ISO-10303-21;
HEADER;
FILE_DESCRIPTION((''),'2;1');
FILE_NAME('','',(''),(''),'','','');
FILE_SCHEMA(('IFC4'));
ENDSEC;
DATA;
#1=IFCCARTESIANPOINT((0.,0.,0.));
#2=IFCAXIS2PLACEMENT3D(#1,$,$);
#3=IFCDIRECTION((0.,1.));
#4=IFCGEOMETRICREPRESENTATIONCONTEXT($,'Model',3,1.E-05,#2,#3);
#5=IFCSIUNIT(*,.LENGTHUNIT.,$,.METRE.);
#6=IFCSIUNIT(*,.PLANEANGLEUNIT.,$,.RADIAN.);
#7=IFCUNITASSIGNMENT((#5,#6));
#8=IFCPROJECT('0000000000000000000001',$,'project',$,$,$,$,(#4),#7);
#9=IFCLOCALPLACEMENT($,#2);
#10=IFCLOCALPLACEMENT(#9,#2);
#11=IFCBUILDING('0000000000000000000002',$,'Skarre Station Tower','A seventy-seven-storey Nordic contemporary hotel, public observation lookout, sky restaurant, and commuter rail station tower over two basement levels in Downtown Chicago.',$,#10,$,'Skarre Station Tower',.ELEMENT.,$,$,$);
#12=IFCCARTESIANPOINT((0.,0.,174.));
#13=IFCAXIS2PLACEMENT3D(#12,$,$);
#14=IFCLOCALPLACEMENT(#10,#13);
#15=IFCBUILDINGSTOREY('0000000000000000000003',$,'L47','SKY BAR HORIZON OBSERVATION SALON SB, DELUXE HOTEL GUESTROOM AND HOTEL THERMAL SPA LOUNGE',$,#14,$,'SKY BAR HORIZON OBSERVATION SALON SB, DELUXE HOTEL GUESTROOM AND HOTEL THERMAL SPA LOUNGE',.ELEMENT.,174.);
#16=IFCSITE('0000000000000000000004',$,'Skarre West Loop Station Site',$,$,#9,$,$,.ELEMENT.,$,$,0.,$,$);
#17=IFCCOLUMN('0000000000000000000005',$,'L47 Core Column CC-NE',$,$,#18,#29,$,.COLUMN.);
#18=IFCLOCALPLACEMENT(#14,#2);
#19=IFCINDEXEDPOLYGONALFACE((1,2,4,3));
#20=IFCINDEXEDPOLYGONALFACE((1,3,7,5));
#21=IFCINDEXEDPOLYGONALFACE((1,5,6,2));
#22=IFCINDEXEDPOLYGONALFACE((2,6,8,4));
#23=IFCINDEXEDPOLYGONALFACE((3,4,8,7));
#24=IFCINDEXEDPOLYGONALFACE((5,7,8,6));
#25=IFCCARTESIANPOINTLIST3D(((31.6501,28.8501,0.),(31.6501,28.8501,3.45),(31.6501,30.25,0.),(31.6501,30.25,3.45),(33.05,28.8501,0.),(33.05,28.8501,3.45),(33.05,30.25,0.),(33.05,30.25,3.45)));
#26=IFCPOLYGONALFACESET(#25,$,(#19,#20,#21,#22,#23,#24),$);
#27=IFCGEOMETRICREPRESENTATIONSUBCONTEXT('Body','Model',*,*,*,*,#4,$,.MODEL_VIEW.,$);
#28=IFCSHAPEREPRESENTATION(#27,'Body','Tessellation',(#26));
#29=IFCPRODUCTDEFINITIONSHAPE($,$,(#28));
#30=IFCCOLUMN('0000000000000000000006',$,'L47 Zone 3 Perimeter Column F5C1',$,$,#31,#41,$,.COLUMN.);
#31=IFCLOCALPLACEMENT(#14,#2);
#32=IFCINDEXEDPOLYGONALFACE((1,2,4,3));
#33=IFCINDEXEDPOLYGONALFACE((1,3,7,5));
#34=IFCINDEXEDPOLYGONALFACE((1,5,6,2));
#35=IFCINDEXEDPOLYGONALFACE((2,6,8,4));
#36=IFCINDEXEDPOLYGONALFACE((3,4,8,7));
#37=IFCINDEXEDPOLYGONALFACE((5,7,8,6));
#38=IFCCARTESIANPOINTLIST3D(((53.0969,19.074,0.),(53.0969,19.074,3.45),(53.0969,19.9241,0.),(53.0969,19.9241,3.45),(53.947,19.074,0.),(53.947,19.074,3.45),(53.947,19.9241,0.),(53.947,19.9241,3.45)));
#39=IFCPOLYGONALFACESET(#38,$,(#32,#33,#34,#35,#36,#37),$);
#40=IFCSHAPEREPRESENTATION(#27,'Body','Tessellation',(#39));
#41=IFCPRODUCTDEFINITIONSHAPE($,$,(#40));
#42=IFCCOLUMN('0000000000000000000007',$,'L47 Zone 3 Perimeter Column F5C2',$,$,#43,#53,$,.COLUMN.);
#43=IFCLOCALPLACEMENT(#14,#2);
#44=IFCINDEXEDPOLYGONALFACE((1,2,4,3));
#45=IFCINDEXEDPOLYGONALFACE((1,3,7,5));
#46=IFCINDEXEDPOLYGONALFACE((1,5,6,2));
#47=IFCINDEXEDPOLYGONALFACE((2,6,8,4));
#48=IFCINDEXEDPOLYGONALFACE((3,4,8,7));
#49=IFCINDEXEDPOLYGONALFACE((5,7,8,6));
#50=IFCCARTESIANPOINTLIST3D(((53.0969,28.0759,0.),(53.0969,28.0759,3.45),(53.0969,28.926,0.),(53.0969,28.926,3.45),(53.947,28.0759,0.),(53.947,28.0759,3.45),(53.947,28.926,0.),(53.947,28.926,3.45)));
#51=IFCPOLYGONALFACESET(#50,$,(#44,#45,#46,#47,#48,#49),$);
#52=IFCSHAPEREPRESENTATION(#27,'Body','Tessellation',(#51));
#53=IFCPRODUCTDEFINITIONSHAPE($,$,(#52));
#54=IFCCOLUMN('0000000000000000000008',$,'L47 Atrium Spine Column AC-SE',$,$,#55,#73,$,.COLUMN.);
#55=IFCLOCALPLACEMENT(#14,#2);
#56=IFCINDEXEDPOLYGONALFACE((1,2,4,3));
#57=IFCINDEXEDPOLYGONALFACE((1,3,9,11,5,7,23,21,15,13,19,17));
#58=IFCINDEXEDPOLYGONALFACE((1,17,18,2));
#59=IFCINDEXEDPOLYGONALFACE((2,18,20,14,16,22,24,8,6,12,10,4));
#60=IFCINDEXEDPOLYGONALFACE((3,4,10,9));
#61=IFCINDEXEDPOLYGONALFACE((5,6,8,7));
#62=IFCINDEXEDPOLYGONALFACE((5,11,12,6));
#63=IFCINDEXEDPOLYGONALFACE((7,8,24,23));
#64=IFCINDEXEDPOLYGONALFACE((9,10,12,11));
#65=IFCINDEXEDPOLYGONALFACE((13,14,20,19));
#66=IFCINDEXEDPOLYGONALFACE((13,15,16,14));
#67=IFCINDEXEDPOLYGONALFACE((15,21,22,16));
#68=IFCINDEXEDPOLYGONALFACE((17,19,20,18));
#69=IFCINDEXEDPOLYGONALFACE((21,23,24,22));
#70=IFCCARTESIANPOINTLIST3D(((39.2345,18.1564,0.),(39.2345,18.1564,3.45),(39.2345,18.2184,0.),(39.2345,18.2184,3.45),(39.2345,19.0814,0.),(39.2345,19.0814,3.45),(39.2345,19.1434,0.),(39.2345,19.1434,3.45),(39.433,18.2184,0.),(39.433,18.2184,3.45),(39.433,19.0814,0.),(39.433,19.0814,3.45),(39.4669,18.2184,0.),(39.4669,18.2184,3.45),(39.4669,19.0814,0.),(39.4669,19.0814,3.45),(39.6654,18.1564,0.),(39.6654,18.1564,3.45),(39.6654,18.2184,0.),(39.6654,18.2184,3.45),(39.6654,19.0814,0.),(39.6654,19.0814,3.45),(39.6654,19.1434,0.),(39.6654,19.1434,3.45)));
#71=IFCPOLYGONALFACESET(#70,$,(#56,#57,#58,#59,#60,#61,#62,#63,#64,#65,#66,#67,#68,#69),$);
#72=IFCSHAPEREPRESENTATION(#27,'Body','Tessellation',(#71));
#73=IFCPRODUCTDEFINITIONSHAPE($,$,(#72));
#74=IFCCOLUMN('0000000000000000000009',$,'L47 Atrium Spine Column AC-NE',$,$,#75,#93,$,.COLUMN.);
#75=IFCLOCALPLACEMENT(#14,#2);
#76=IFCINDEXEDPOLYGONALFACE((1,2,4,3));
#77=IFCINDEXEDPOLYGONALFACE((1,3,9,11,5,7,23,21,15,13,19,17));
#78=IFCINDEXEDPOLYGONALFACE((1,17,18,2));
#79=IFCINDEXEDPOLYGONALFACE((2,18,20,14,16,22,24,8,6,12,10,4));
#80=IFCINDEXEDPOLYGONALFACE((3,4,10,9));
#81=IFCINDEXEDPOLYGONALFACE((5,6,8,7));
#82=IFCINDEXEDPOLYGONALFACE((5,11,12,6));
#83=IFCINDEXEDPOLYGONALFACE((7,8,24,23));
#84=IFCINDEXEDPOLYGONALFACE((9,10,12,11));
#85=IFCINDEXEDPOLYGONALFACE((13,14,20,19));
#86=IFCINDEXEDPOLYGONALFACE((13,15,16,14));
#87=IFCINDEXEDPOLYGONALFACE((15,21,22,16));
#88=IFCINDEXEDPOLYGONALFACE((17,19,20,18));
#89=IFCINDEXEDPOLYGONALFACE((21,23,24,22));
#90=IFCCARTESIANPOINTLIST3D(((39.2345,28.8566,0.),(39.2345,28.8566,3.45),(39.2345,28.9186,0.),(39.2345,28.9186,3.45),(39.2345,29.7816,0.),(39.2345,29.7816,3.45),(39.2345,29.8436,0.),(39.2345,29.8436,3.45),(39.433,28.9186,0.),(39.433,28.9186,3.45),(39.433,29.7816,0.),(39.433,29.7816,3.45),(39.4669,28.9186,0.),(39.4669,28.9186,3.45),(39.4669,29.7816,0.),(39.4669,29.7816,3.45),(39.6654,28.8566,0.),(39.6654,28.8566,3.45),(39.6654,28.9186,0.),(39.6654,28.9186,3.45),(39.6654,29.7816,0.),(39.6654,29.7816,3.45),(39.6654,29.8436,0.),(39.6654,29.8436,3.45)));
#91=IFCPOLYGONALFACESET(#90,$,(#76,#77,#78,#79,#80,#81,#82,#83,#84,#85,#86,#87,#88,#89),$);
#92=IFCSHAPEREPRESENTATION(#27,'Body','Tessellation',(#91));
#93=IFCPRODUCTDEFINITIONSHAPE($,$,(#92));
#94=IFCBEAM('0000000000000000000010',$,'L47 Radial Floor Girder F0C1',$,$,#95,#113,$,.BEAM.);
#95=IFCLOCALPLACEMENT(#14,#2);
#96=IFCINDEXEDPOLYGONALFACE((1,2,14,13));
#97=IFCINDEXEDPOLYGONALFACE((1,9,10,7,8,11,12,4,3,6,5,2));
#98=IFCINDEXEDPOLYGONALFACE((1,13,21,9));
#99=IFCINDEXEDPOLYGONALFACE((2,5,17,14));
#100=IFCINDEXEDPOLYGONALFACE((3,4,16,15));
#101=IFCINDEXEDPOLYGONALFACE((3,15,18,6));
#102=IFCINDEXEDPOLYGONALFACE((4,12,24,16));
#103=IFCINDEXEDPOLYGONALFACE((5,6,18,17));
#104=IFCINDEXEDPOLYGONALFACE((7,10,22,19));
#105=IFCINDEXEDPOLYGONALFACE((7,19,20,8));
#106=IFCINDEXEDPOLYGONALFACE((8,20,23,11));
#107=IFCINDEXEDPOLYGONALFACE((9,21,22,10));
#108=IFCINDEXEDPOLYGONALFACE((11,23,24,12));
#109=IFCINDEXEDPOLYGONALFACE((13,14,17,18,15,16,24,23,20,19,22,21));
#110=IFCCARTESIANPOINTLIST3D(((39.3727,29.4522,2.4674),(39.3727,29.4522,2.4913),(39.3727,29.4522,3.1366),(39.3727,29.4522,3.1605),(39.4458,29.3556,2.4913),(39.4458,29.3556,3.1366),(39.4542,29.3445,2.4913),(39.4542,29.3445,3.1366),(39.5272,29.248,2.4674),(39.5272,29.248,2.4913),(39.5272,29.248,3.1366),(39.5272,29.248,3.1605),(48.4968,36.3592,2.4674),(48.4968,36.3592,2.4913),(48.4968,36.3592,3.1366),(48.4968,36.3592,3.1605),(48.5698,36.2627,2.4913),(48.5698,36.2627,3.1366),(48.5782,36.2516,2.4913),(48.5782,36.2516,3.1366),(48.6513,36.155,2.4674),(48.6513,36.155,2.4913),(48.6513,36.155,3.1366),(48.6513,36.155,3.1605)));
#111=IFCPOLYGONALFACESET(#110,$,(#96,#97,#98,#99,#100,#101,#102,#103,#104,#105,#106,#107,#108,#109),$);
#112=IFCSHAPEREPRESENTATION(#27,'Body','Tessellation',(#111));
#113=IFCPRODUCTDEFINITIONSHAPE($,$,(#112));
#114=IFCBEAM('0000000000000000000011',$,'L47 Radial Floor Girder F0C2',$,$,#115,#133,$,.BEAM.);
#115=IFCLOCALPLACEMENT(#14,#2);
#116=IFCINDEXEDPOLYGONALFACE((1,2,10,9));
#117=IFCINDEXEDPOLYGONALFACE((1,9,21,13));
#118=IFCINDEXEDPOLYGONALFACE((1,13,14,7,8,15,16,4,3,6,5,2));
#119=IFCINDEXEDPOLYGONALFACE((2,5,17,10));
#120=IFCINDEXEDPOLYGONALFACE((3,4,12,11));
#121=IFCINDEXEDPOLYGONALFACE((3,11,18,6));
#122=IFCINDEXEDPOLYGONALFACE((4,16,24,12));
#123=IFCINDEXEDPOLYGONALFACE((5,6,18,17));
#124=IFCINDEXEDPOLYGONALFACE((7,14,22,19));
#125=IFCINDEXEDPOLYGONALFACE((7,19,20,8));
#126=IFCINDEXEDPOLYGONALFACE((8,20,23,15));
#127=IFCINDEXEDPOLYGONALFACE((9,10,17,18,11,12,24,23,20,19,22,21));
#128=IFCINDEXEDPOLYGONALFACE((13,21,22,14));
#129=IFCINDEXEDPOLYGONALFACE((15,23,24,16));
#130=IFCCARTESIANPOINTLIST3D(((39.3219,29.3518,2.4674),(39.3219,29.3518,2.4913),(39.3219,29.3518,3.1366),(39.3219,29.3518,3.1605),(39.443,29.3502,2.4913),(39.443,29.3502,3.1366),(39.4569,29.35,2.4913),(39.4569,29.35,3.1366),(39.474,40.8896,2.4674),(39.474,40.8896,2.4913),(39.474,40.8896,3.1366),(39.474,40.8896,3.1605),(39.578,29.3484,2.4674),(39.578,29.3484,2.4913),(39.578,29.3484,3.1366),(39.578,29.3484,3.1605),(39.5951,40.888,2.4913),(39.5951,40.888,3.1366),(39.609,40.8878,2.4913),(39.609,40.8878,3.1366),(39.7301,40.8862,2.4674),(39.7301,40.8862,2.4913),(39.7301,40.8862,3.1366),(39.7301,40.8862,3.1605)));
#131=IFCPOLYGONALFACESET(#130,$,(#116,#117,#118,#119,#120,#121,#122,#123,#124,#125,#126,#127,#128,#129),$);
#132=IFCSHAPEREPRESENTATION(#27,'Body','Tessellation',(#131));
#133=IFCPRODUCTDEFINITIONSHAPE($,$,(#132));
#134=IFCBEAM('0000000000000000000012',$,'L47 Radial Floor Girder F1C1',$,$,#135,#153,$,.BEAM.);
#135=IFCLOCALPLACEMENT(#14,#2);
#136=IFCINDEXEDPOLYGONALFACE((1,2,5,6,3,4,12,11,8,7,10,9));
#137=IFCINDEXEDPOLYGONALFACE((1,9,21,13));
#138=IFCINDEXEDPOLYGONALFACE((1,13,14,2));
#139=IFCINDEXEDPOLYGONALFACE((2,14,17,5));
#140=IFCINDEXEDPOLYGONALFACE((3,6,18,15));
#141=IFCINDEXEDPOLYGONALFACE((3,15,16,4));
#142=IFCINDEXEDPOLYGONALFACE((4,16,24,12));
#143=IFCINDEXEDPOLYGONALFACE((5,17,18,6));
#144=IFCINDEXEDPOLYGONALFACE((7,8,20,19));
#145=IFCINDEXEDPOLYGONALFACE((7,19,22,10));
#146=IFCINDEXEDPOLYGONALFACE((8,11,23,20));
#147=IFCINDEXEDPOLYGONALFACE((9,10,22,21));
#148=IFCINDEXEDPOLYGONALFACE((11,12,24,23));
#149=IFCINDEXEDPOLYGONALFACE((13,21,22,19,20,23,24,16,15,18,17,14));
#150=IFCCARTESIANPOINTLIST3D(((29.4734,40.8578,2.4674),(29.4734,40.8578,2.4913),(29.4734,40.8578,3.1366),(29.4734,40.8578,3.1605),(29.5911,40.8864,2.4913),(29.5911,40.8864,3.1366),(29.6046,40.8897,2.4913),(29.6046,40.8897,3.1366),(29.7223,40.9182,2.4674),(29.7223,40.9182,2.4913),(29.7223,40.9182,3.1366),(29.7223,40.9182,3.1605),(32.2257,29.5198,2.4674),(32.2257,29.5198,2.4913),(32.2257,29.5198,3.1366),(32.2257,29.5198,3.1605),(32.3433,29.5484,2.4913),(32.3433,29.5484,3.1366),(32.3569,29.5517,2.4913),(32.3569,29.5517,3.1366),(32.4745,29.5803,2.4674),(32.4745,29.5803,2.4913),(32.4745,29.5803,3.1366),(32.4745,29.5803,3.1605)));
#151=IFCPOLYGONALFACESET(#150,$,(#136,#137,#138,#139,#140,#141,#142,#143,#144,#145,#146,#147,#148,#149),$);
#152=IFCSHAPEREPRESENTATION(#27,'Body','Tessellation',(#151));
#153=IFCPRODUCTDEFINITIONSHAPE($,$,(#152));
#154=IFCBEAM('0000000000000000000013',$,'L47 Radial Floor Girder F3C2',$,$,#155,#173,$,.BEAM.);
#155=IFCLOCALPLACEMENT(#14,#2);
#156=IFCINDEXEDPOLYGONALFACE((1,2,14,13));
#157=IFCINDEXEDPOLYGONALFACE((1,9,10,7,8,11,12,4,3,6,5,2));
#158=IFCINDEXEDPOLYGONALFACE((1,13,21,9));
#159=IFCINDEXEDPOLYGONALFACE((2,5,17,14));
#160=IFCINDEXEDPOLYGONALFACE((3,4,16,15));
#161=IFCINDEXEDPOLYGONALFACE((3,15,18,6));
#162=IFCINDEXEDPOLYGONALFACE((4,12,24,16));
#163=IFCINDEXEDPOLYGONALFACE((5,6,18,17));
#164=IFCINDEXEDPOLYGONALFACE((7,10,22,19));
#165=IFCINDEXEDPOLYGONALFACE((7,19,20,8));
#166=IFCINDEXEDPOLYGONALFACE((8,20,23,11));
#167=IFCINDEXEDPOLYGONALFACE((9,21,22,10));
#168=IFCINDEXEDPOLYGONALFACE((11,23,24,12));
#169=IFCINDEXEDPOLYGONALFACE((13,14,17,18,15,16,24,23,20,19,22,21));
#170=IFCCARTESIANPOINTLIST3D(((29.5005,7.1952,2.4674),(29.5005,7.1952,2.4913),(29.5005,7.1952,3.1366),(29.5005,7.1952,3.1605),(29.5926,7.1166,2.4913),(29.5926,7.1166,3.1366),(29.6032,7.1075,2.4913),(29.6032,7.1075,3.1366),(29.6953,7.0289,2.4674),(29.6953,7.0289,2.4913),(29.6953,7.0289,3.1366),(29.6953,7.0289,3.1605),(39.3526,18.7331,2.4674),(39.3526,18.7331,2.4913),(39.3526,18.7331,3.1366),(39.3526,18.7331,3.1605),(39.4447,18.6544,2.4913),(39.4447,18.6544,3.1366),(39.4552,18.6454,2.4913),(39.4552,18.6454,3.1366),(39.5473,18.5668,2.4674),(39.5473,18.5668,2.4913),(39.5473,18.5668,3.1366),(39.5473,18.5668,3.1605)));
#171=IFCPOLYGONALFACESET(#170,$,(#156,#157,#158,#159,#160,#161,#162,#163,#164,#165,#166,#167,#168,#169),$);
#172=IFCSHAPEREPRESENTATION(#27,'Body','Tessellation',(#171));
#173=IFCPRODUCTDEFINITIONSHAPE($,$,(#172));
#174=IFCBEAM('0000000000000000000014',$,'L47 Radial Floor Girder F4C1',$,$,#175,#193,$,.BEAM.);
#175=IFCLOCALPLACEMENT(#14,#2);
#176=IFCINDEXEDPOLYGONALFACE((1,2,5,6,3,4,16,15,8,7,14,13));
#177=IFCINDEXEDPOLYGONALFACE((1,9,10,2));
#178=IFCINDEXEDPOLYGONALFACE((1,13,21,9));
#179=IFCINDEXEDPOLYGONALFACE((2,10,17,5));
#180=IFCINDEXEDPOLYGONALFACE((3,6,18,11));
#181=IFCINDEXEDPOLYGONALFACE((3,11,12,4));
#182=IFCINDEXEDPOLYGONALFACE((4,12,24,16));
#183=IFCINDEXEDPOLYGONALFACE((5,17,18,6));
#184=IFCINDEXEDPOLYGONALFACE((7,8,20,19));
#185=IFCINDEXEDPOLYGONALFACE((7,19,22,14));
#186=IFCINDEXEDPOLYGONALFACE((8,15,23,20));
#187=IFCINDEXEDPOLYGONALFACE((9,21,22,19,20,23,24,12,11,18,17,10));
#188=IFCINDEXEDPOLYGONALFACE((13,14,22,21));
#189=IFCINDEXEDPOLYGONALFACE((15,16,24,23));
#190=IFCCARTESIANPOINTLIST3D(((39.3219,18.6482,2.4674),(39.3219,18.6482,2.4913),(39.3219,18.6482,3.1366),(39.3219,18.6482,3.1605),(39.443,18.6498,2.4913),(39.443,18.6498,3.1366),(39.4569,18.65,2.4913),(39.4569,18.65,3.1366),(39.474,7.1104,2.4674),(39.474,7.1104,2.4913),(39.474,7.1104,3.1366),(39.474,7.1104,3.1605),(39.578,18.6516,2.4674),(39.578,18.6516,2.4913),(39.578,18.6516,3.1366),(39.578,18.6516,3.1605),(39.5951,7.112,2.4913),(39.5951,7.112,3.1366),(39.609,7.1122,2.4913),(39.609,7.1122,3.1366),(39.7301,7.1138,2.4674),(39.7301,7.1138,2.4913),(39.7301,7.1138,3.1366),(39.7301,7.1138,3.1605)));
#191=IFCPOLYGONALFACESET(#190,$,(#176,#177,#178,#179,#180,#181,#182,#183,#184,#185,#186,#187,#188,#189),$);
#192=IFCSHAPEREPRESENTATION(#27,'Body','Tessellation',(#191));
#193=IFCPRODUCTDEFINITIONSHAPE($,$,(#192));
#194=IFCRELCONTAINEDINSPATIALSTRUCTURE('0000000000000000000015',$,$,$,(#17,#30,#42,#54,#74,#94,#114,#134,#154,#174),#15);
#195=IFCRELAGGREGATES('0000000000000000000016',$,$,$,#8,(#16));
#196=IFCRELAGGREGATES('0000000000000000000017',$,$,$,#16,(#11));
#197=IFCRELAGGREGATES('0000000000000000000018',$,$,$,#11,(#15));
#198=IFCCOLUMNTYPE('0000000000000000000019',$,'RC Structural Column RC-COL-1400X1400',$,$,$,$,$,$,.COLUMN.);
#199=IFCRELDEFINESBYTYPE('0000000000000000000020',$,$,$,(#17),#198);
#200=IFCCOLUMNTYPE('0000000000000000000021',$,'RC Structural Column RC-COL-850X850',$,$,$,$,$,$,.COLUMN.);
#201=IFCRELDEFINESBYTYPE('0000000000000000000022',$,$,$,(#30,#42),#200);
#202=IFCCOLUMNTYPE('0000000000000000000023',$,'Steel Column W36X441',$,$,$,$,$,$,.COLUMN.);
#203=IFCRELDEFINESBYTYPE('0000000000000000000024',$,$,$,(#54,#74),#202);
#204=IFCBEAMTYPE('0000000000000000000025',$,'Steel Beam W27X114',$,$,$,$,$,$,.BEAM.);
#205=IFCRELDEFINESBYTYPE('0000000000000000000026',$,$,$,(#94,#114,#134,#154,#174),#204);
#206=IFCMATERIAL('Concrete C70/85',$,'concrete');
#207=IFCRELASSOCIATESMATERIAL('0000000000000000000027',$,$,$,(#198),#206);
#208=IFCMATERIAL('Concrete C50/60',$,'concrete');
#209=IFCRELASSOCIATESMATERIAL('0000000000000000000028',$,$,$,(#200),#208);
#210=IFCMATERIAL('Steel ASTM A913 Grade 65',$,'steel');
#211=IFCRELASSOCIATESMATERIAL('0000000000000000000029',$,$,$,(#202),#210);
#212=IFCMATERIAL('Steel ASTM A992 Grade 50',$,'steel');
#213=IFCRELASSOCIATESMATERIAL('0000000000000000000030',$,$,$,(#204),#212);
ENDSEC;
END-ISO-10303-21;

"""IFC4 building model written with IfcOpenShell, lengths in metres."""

from ifc_helpers import new_model, si_unit, direction, frame, origin, origin_2d, place, context, subcontext, project, spatial, rectangle, i_section, extrude, material, material_profile, profile_set, type_object, element, save


model = new_model("IFC4")

# Units and contexts
model_context = context("Model", 3, precision=1e-05, world=origin(), true_north=direction((0.0, 1.0)))
body_context = subcontext(model_context, "Body", "Model", "MODEL_VIEW")
ifc_project = project(units=[si_unit("LENGTHUNIT", "METRE"), si_unit("PLANEANGLEUNIT", "RADIAN")], contexts=[model_context])

# Site, building, storey
site_placement = place(None, origin())
site = spatial("IfcSite", under=ifc_project, at=site_placement, Name="Skarre West Loop Station Site", CompositionType="ELEMENT", RefElevation=0.0)
building_placement = place(site_placement, origin())
building = spatial("IfcBuilding", under=site, at=building_placement, Name="Skarre Station Tower", Description="A seventy-seven-storey Nordic contemporary hotel, public observation lookout, sky restaurant, and commuter rail station tower over two basement levels in Downtown Chicago.", LongName="Skarre Station Tower", CompositionType="ELEMENT")
storey_placement = place(building_placement, frame((0.0, 0.0, 174.0)))
storey = spatial("IfcBuildingStorey", under=building, at=storey_placement, Name="L47", Description="SKY BAR HORIZON OBSERVATION SALON SB, DELUXE HOTEL GUESTROOM AND HOTEL THERMAL SPA LOUNGE", LongName="SKY BAR HORIZON OBSERVATION SALON SB, DELUXE HOTEL GUESTROOM AND HOTEL THERMAL SPA LOUNGE", CompositionType="ELEMENT", Elevation=174.0)

# Columns
ifc_material_1 = material(Name="Concrete C70/85", Category="concrete")
ifc_material_profile_1 = material_profile(ifc_material_1, rectangle(XDim=1.3999, YDim=1.3999, at=origin_2d()), Name="Concrete C70/85")
ifc_profile_set_1 = profile_set([ifc_material_profile_1], Name="Concrete C70/85")
column_type_1 = type_object("IfcColumnType", Name="RC Structural Column RC-COL-1400X1400", PredefinedType="COLUMN", material=ifc_profile_set_1)
column_placement = place(storey_placement, frame((32.3501, 29.55, 0.0), z_axis=(0.0, 0.0, 1.0), x_axis=(1.0, 0.0, 0.0)))
element("IfcColumn", 1, at=column_placement, inside=storey, type_object=column_type_1, Name="L47 Core Column CC-NE", PredefinedType="COLUMN", context=body_context, shape_type="SweptSolid", body=[
    extrude(rectangle(XDim=1.3999, YDim=1.3999, at=origin_2d()), origin(), (0.0, 0.0, 1.0), 3.45),
])
ifc_material_2 = material(Name="Concrete C50/60", Category="concrete")
ifc_material_profile_2 = material_profile(ifc_material_2, rectangle(XDim=0.8501, YDim=0.8501, at=origin_2d()), Name="Concrete C50/60")
ifc_profile_set_2 = profile_set([ifc_material_profile_2], Name="Concrete C50/60")
column_type_2 = type_object("IfcColumnType", Name="RC Structural Column RC-COL-850X850", PredefinedType="COLUMN", material=ifc_profile_set_2)
for number, where, z_axis, x_axis, name in (
    (2, (53.522, 19.499, 0.0), (0.0, 0.0, 1.0), (1.0, 0.0, 0.0), "L47 Zone 3 Perimeter Column F5C1"),
    (3, (53.522, 28.501, 0.0), (0.0, 0.0, 1.0), (1.0, 0.0, 0.0), "L47 Zone 3 Perimeter Column F5C2"),
):
    element("IfcColumn", number, at=place(storey_placement, frame(where, z_axis=z_axis, x_axis=x_axis)), inside=storey, type_object=column_type_2, Name=name, PredefinedType="COLUMN", context=body_context, shape_type="SweptSolid", body=[
        extrude(rectangle(XDim=0.8501, YDim=0.8501, at=origin_2d()), origin(), (0.0, 0.0, 1.0), 3.45),
    ])
ifc_material_3 = material(Name="Steel ASTM A913 Grade 65", Category="steel")
ifc_material_profile_3 = material_profile(ifc_material_3, i_section(OverallWidth=0.4309, OverallDepth=0.9871, WebThickness=0.0339, FlangeThickness=0.062, at=origin_2d()), Name="Steel ASTM A913 Grade 65")
ifc_profile_set_3 = profile_set([ifc_material_profile_3], Name="Steel ASTM A913 Grade 65")
column_type_3 = type_object("IfcColumnType", Name="Steel Column W36X441", PredefinedType="COLUMN", material=ifc_profile_set_3)
for number, where, z_axis, x_axis, name in (
    (4, (39.45, 18.6499, 0.0), (0.0, 0.0, 1.0), (1.0, 0.0, 0.0), "L47 Atrium Spine Column AC-SE"),
    (5, (39.45, 29.3501, 0.0), (0.0, 0.0, 1.0), (1.0, 0.0, 0.0), "L47 Atrium Spine Column AC-NE"),
):
    element("IfcColumn", number, at=place(storey_placement, frame(where, z_axis=z_axis, x_axis=x_axis)), inside=storey, type_object=column_type_3, Name=name, PredefinedType="COLUMN", context=body_context, shape_type="SweptSolid", body=[
        extrude(i_section(OverallWidth=0.4309, OverallDepth=0.9871, WebThickness=0.0339, FlangeThickness=0.062, at=origin_2d()), origin(), (0.0, 0.0, 1.0), 3.45),
    ])

# Beams
ifc_material_4 = material(Name="Steel ASTM A992 Grade 50", Category="steel")
ifc_material_profile_4 = material_profile(ifc_material_4, i_section(OverallWidth=0.2561, OverallDepth=0.6931, WebThickness=0.0139, FlangeThickness=0.0239, at=origin_2d()), Name="Steel ASTM A992 Grade 50")
ifc_profile_set_4 = profile_set([ifc_material_profile_4], Name="Steel ASTM A992 Grade 50")
beam_type_1 = type_object("IfcBeamType", Name="Steel Beam W27X114", PredefinedType="BEAM", material=ifc_profile_set_4)
beam_1_placement = place(storey_placement, frame((39.45, 29.3501, 2.814), z_axis=(0.797309, 0.603571, 0.0), x_axis=(-0.603571, 0.797309, 0.0)))
element("IfcBeam", 6, at=beam_1_placement, inside=storey, type_object=beam_type_1, Name="L47 Radial Floor Girder F0C1", PredefinedType="BEAM", context=body_context, shape_type="SweptSolid", body=[
    extrude(i_section(OverallWidth=0.2561, OverallDepth=0.6931, WebThickness=0.0139, FlangeThickness=0.0239, at=origin_2d()), origin(), (0.0, 0.0, 1.0), 11.4436),
])
beam_2_placement = place(storey_placement, frame((39.45, 29.3501, 2.814), z_axis=(0.013182, 0.999913, 0.0), x_axis=(-0.999913, 0.013182, 0.0)))
element("IfcBeam", 7, at=beam_2_placement, inside=storey, type_object=beam_type_1, Name="L47 Radial Floor Girder F0C2", PredefinedType="BEAM", context=body_context, shape_type="SweptSolid", body=[
    extrude(i_section(OverallWidth=0.2561, OverallDepth=0.6931, WebThickness=0.0139, FlangeThickness=0.0239, at=origin_2d()), origin(), (0.0, 0.0, 1.0), 11.5388),
])
beam_3_placement = place(storey_placement, frame((32.3501, 29.55, 2.814), z_axis=(-0.235893, 0.971779, 0.0), x_axis=(-0.971779, -0.235893, 0.0)))
element("IfcBeam", 8, at=beam_3_placement, inside=storey, type_object=beam_type_1, Name="L47 Radial Floor Girder F1C1", PredefinedType="BEAM", context=body_context, shape_type="SweptSolid", body=[
    extrude(i_section(OverallWidth=0.2561, OverallDepth=0.6931, WebThickness=0.0139, FlangeThickness=0.0239, at=origin_2d()), origin(), (0.0, 0.0, 1.0), 11.6672),
])
beam_4_placement = place(storey_placement, frame((39.45, 18.6499, 2.814), z_axis=(-0.649364, -0.760477, 0.0), x_axis=(0.760477, -0.649364, 0.0)))
element("IfcBeam", 9, at=beam_4_placement, inside=storey, type_object=beam_type_1, Name="L47 Radial Floor Girder F3C2", PredefinedType="BEAM", context=body_context, shape_type="SweptSolid", body=[
    extrude(i_section(OverallWidth=0.2561, OverallDepth=0.6931, WebThickness=0.0139, FlangeThickness=0.0239, at=origin_2d()), origin(), (0.0, 0.0, 1.0), 15.1719),
])
beam_5_placement = place(storey_placement, frame((39.45, 18.6499, 2.814), z_axis=(0.013182, -0.999913, 0.0), x_axis=(0.999913, 0.013182, 0.0)))
element("IfcBeam", 10, at=beam_5_placement, inside=storey, type_object=beam_type_1, Name="L47 Radial Floor Girder F4C1", PredefinedType="BEAM", context=body_context, shape_type="SweptSolid", body=[
    extrude(i_section(OverallWidth=0.2561, OverallDepth=0.6931, WebThickness=0.0139, FlangeThickness=0.0239, at=origin_2d()), origin(), (0.0, 0.0, 1.0), 11.5388),
])

save(model, "model.ifc")
